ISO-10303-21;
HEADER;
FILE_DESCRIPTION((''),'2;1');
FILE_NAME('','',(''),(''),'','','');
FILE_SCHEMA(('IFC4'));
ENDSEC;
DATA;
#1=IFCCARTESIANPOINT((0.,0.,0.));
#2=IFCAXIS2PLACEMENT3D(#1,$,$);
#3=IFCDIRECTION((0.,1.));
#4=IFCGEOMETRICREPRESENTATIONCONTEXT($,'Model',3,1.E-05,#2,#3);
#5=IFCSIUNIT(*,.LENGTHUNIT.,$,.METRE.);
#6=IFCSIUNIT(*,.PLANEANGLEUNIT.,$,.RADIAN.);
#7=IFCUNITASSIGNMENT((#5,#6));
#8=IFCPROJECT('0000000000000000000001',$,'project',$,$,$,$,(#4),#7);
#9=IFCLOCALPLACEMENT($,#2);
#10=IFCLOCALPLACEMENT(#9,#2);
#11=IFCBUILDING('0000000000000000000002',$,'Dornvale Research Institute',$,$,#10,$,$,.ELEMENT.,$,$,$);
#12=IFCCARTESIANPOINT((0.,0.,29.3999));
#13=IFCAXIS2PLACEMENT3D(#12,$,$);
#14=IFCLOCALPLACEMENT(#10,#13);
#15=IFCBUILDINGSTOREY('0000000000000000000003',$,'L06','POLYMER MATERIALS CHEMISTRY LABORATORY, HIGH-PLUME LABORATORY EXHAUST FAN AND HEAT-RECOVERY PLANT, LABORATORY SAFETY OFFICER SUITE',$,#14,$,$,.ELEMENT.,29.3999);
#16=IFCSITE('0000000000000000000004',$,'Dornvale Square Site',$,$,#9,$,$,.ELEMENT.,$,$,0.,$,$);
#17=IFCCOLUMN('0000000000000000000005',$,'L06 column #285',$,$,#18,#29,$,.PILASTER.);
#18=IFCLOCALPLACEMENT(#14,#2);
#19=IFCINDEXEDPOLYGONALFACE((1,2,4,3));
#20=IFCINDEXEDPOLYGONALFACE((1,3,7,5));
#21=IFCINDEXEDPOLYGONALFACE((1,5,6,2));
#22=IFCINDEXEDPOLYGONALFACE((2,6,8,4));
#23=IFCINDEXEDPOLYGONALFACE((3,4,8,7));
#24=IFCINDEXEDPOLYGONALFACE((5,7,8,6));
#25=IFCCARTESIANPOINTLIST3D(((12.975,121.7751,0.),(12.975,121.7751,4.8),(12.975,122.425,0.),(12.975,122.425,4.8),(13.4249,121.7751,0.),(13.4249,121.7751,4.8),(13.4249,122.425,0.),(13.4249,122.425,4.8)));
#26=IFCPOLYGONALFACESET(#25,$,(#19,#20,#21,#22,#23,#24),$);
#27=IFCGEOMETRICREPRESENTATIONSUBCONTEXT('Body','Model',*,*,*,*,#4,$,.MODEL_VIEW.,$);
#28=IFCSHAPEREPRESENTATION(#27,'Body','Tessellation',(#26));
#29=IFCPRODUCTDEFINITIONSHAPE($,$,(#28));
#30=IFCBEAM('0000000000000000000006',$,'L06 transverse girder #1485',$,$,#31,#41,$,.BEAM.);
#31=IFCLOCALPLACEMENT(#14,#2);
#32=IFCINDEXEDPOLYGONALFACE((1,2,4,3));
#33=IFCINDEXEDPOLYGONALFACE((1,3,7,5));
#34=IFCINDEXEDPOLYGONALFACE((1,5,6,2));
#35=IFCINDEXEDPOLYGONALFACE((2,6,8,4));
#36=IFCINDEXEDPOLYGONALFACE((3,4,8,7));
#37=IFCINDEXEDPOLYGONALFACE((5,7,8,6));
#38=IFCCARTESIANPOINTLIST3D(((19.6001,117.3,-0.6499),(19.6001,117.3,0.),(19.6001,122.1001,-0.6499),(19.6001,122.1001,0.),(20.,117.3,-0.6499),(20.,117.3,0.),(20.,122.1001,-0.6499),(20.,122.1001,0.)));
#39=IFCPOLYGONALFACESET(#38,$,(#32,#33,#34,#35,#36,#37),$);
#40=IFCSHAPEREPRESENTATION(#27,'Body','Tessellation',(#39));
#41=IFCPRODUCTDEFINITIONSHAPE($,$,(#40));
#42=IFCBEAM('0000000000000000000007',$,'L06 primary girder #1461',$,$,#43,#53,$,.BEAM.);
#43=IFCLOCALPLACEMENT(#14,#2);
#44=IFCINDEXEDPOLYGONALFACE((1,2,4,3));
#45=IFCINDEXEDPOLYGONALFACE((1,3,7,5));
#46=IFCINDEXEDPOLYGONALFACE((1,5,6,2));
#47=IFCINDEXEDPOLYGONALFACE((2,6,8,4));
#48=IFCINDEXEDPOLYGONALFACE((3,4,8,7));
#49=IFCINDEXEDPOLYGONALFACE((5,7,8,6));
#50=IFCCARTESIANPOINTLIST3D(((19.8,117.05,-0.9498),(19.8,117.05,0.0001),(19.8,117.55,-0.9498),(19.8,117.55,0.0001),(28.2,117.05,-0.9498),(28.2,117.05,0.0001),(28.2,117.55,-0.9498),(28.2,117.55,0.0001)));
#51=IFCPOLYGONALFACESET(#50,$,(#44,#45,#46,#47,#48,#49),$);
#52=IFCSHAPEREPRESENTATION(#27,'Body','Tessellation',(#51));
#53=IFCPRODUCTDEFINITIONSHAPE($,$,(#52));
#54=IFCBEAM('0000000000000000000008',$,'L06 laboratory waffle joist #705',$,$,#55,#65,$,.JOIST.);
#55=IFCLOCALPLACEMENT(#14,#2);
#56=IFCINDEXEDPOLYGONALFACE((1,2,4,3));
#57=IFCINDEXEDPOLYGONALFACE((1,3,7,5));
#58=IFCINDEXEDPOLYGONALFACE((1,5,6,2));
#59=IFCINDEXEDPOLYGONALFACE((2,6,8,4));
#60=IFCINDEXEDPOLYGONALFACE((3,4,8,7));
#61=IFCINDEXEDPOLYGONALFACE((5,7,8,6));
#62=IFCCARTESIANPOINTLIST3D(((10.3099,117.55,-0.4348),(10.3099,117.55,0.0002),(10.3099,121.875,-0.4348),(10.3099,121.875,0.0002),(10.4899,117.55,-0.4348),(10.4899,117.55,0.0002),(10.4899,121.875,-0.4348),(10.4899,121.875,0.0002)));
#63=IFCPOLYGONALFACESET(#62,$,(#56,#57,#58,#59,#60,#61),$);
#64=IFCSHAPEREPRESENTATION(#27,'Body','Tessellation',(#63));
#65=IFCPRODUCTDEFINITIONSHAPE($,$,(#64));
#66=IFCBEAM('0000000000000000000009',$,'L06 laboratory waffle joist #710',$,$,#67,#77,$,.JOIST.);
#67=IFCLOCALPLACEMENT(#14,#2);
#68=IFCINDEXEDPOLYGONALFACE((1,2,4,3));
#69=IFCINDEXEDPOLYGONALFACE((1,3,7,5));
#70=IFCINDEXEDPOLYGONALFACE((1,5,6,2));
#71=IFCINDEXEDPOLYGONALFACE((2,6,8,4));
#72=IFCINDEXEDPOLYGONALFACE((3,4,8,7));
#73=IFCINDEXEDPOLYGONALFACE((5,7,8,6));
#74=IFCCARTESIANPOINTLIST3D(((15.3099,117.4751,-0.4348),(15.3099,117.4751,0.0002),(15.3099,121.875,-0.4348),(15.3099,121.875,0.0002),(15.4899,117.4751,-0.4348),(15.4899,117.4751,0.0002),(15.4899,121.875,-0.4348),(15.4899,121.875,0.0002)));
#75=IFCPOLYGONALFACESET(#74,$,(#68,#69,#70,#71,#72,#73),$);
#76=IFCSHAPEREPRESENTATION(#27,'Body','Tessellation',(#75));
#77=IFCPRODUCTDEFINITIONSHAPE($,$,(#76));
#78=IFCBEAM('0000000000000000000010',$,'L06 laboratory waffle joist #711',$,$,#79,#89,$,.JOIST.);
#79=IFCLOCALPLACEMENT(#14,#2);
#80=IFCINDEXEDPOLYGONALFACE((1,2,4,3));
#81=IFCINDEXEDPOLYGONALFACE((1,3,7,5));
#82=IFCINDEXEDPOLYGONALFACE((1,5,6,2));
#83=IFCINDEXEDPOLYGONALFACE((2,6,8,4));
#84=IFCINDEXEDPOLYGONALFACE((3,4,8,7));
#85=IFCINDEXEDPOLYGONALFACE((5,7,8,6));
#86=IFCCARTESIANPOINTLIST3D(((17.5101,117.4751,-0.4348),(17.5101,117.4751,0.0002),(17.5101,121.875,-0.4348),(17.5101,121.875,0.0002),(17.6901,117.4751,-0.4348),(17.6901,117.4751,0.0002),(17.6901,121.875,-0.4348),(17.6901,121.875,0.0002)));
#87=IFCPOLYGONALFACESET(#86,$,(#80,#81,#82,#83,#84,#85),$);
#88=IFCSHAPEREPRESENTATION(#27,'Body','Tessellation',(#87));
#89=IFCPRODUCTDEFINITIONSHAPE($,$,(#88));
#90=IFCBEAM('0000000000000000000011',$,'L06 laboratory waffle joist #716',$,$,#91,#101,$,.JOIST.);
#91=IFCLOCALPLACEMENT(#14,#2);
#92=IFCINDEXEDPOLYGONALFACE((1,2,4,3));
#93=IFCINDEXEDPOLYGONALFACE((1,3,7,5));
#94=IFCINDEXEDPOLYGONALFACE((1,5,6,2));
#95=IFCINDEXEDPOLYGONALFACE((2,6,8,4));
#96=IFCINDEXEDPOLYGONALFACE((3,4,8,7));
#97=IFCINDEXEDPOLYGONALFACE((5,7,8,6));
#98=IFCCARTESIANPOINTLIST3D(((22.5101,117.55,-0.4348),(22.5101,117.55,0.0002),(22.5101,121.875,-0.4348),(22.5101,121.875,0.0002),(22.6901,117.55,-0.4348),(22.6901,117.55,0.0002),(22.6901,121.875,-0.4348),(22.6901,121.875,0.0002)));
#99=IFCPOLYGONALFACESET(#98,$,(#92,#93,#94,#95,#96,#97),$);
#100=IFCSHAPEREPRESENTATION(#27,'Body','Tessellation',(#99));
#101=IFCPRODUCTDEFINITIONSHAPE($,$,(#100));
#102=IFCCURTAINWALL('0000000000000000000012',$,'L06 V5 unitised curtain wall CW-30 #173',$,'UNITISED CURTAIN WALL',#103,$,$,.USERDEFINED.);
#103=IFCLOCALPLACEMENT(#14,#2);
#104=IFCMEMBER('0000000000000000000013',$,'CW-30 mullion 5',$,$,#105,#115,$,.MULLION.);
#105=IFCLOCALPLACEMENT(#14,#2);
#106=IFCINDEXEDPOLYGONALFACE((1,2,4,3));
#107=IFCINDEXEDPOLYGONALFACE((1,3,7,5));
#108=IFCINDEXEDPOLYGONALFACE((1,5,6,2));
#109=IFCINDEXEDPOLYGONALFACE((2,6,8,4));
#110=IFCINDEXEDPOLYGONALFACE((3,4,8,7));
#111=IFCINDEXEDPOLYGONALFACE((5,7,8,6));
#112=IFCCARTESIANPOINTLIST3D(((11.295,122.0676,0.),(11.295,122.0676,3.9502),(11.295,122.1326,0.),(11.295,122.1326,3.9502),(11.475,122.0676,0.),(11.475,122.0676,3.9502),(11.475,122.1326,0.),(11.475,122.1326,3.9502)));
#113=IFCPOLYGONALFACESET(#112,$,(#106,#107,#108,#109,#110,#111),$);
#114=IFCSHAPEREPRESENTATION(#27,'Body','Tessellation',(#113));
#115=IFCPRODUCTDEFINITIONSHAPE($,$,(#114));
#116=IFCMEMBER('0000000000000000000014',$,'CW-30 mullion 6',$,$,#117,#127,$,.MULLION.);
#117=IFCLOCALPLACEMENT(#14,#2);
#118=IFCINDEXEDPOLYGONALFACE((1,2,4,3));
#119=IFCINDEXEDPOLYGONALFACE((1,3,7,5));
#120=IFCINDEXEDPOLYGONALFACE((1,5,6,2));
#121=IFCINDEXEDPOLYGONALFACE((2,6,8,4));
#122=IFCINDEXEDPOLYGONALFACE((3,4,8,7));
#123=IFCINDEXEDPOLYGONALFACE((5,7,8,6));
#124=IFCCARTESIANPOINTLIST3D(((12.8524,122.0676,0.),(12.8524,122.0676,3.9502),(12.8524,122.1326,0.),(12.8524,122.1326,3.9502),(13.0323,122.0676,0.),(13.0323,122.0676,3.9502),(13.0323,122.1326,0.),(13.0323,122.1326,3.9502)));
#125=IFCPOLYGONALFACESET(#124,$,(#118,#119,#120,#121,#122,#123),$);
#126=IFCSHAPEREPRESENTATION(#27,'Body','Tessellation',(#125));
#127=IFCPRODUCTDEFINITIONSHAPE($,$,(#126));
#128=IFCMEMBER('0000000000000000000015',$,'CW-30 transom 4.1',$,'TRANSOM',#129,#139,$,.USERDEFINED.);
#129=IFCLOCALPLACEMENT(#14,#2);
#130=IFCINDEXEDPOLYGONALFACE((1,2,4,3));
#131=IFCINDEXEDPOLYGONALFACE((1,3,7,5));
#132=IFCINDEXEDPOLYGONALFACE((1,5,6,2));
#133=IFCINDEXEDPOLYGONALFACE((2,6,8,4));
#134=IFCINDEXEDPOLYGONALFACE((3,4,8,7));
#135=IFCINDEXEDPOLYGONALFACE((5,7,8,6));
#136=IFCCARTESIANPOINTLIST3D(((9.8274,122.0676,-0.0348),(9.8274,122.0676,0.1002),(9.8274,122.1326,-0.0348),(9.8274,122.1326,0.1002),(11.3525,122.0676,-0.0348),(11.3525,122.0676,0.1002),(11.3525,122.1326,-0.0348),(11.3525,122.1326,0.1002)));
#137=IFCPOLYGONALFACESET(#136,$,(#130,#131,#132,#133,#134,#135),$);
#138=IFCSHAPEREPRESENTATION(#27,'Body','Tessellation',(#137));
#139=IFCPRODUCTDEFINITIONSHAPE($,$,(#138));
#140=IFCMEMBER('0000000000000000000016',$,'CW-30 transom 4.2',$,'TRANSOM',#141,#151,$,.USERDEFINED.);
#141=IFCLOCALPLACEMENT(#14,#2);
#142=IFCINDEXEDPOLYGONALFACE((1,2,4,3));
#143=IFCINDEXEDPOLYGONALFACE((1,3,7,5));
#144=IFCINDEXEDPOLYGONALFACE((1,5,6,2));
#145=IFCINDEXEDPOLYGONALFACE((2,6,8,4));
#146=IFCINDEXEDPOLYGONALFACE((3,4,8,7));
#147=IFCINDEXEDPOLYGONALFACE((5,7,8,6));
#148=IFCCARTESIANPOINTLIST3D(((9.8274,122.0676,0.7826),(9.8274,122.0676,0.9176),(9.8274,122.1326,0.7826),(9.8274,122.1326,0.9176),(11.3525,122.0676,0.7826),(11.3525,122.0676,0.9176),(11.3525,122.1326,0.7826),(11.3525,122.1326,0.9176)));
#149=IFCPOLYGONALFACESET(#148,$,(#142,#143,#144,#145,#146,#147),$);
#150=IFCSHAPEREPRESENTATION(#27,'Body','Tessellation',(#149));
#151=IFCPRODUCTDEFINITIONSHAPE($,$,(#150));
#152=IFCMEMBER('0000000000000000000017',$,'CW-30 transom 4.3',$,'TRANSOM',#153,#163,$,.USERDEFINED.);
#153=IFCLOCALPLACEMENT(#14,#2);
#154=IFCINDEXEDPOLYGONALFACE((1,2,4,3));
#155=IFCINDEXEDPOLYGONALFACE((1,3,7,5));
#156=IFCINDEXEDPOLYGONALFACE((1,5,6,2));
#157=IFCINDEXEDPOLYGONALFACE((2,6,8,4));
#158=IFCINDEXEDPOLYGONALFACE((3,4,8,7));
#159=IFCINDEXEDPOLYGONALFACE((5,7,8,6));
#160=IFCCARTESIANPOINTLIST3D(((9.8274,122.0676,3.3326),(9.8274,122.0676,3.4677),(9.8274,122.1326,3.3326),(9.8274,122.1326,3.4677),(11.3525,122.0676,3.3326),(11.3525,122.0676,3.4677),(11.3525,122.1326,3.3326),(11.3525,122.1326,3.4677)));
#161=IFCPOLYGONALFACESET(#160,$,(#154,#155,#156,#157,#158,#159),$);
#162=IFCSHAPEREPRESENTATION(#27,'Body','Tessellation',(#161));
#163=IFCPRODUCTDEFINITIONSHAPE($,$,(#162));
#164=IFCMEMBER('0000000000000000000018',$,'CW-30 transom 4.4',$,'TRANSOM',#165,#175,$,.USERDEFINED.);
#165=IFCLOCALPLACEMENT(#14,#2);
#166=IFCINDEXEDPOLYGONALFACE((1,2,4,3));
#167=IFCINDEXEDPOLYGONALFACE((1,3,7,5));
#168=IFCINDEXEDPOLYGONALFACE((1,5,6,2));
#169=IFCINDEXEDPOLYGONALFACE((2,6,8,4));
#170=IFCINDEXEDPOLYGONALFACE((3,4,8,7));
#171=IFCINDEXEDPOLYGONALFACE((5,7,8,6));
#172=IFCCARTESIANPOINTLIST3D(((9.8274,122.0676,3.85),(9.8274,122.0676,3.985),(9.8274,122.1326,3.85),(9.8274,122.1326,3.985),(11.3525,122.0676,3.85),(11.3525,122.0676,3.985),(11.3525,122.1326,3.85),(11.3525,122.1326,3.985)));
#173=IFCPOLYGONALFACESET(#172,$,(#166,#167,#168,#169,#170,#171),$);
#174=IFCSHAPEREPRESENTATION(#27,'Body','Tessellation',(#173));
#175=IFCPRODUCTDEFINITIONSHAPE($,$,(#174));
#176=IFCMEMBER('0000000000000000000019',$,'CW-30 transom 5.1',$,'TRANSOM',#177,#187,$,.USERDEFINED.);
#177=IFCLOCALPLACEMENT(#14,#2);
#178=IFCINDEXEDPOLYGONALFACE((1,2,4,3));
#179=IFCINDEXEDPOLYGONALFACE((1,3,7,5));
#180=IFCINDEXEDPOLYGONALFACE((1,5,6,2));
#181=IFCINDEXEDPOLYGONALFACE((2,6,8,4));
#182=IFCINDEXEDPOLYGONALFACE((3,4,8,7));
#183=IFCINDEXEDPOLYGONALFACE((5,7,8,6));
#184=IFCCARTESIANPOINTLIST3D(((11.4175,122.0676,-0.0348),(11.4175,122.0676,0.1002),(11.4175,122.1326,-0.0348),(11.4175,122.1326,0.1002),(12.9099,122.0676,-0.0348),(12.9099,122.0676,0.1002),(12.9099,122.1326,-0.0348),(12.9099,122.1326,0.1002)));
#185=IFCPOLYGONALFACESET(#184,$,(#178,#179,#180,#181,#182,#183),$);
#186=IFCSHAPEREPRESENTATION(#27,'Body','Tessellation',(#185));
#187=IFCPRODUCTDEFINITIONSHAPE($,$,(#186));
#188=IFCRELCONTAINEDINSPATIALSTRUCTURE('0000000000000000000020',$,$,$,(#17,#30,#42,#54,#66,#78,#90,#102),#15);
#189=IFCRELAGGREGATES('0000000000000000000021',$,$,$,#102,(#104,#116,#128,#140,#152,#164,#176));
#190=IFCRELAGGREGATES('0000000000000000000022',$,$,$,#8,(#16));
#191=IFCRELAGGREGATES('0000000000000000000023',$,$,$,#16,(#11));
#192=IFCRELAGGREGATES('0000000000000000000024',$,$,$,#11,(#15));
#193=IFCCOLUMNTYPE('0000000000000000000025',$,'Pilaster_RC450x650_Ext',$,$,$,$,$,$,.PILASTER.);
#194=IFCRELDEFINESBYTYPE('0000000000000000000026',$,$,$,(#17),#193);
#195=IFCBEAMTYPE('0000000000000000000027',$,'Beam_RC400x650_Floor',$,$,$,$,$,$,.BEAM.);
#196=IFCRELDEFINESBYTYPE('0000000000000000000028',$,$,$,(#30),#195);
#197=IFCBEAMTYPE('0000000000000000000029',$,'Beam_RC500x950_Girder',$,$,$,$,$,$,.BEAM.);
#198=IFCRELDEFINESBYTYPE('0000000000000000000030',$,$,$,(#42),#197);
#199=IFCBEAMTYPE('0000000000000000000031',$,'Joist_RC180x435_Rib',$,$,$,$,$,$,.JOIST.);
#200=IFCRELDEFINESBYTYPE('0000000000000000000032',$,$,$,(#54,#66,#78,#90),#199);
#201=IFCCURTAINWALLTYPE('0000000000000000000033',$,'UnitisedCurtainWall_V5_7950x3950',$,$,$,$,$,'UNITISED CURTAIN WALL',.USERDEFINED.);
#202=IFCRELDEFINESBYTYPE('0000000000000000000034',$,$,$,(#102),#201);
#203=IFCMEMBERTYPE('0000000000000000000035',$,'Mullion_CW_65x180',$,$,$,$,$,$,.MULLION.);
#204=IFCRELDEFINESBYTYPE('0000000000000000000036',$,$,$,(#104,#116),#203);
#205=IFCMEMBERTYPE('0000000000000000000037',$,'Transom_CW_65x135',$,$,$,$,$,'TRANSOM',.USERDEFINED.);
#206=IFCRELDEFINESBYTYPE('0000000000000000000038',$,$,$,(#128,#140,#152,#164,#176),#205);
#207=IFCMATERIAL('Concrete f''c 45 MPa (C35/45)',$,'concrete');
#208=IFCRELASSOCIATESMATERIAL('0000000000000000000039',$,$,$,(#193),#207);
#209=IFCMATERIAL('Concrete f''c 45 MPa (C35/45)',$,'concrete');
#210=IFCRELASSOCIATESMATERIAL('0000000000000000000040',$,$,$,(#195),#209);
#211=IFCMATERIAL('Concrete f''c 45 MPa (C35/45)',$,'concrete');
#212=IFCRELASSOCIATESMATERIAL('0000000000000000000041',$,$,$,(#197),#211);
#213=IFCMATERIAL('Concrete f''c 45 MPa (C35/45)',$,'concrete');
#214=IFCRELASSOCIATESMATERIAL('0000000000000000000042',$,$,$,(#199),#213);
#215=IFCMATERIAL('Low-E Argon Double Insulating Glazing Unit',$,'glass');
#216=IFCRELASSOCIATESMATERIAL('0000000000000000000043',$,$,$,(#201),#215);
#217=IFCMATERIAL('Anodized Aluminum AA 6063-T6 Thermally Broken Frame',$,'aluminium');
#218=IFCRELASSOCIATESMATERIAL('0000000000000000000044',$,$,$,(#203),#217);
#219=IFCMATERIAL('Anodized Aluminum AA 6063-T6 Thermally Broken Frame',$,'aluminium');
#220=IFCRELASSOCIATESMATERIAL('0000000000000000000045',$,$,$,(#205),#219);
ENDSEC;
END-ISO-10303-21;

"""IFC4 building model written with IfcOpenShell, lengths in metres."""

from ifc_helpers import new_model, si_unit, direction, frame, origin, origin_2d, place, context, subcontext, project, spatial, rectangle, extrude, material, material_profile, profile_set, type_object, element, aggregate, save


model = new_model("IFC4")

# Units and contexts
model_context = context("Model", 3, precision=1e-05, world=origin(), true_north=direction((0.0, 1.0)))
body_context = subcontext(model_context, "Body", "Model", "MODEL_VIEW")
ifc_project = project(units=[si_unit("LENGTHUNIT", "METRE"), si_unit("PLANEANGLEUNIT", "RADIAN")], contexts=[model_context])

# Site, building, storey
site_placement = place(None, origin())
site = spatial("IfcSite", under=ifc_project, at=site_placement, Name="Dornvale Square Site", CompositionType="ELEMENT", RefElevation=0.0)
building_placement = place(site_placement, origin())
building = spatial("IfcBuilding", under=site, at=building_placement, Name="Dornvale Research Institute", CompositionType="ELEMENT")
storey_placement = place(building_placement, frame((0.0, 0.0, 29.3999)))
storey = spatial("IfcBuildingStorey", under=building, at=storey_placement, Name="L06", Description="POLYMER MATERIALS CHEMISTRY LABORATORY, HIGH-PLUME LABORATORY EXHAUST FAN AND HEAT-RECOVERY PLANT, LABORATORY SAFETY OFFICER SUITE", CompositionType="ELEMENT", Elevation=29.3999)

# Column
ifc_material_1 = material(Name="Concrete f'c 45 MPa (C35/45)", Category="concrete")
ifc_material_profile_1 = material_profile(ifc_material_1, rectangle(XDim=0.45, YDim=0.6499, at=origin_2d()), Name="RC 450x650")
ifc_profile_set_1 = profile_set([ifc_material_profile_1], Name="Concrete f'c 45 MPa (C35/45)")
column_type = type_object("IfcColumnType", Name="Pilaster_RC450x650_Ext", PredefinedType="PILASTER", material=ifc_profile_set_1)
column_placement = place(storey_placement, frame((13.2, 122.1001, 0.0), z_axis=(0.0, 0.0, 1.0), x_axis=(1.0, 0.0, 0.0)))
element("IfcColumn", 1, at=column_placement, inside=storey, type_object=column_type, Name="L06 column #285", PredefinedType="PILASTER", context=body_context, shape_type="SweptSolid", body=[
    extrude(rectangle(XDim=0.45, YDim=0.6499, at=origin_2d()), origin(), (0.0, 0.0, 1.0), 4.8),
])

# Beams
ifc_material_2 = material(Name="Concrete f'c 45 MPa (C35/45)", Category="concrete")
ifc_material_profile_2 = material_profile(ifc_material_2, rectangle(XDim=0.3999, YDim=0.6499, at=origin_2d()), Name="RC 400x650")
ifc_profile_set_2 = profile_set([ifc_material_profile_2], Name="Concrete f'c 45 MPa (C35/45)")
beam_type_1 = type_object("IfcBeamType", Name="Beam_RC400x650_Floor", PredefinedType="BEAM", material=ifc_profile_set_2)
beam_1_placement = place(storey_placement, frame((19.8, 117.3, -0.325), z_axis=(0.0, 1.0, 0.0), x_axis=(-1.0, 0.0, 0.0)))
element("IfcBeam", 2, at=beam_1_placement, inside=storey, type_object=beam_type_1, Name="L06 transverse girder #1485", PredefinedType="BEAM", context=body_context, shape_type="SweptSolid", body=[
    extrude(rectangle(XDim=0.3999, YDim=0.6499, at=origin_2d()), origin(), (0.0, 0.0, 1.0), 4.8),
])
ifc_material_3 = material(Name="Concrete f'c 45 MPa (C35/45)", Category="concrete")
ifc_material_profile_3 = material_profile(ifc_material_3, rectangle(XDim=0.5, YDim=0.95, at=origin_2d()), Name="RC 500x950")
ifc_profile_set_3 = profile_set([ifc_material_profile_3], Name="Concrete f'c 45 MPa (C35/45)")
beam_type_2 = type_object("IfcBeamType", Name="Beam_RC500x950_Girder", PredefinedType="BEAM", material=ifc_profile_set_3)
beam_2_placement = place(storey_placement, frame((19.8, 117.3, -0.4749), z_axis=(1.0, 0.0, 0.0), x_axis=(0.0, 1.0, 0.0)))
element("IfcBeam", 3, at=beam_2_placement, inside=storey, type_object=beam_type_2, Name="L06 primary girder #1461", PredefinedType="BEAM", context=body_context, shape_type="SweptSolid", body=[
    extrude(rectangle(XDim=0.5, YDim=0.95, at=origin_2d()), origin(), (0.0, 0.0, 1.0), 8.3999),
])
ifc_material_4 = material(Name="Concrete f'c 45 MPa (C35/45)", Category="concrete")
ifc_material_profile_4 = material_profile(ifc_material_4, rectangle(XDim=0.1799, YDim=0.4351, at=origin_2d()), Name="RC 180x435")
ifc_profile_set_4 = profile_set([ifc_material_profile_4], Name="Concrete f'c 45 MPa (C35/45)")
beam_type_3 = type_object("IfcBeamType", Name="Joist_RC180x435_Rib", PredefinedType="JOIST", material=ifc_profile_set_4)
beam_3_placement = place(storey_placement, frame((10.3999, 117.55, -0.2173), z_axis=(0.0, 1.0, 0.0), x_axis=(-1.0, 0.0, 0.0)))
element("IfcBeam", 4, at=beam_3_placement, inside=storey, type_object=beam_type_3, Name="L06 laboratory waffle joist #705", PredefinedType="JOIST", context=body_context, shape_type="SweptSolid", body=[
    extrude(rectangle(XDim=0.1799, YDim=0.4351, at=origin_2d()), origin(), (0.0, 0.0, 1.0), 4.325),
])
for number, where, z_axis, x_axis, name in (
    (5, (15.3999, 117.4751, -0.2173), (0.0, 1.0, 0.0), (-1.0, 0.0, 0.0), "L06 laboratory waffle joist #710"),
    (6, (17.6001, 117.4751, -0.2173), (0.0, 1.0, 0.0), (-1.0, 0.0, 0.0), "L06 laboratory waffle joist #711"),
):
    element("IfcBeam", number, at=place(storey_placement, frame(where, z_axis=z_axis, x_axis=x_axis)), inside=storey, type_object=beam_type_3, Name=name, PredefinedType="JOIST", context=body_context, shape_type="SweptSolid", body=[
        extrude(rectangle(XDim=0.1799, YDim=0.4351, at=origin_2d()), origin(), (0.0, 0.0, 1.0), 4.3999),
    ])
beam_4_placement = place(storey_placement, frame((22.6001, 117.55, -0.2173), z_axis=(0.0, 1.0, 0.0), x_axis=(-1.0, 0.0, 0.0)))
element("IfcBeam", 7, at=beam_4_placement, inside=storey, type_object=beam_type_3, Name="L06 laboratory waffle joist #716", PredefinedType="JOIST", context=body_context, shape_type="SweptSolid", body=[
    extrude(rectangle(XDim=0.1799, YDim=0.4351, at=origin_2d()), origin(), (0.0, 0.0, 1.0), 4.325),
])

# Curtain wall, members
ifc_material_5 = material(Name="Low-E Argon Double Insulating Glazing Unit", Category="glass")
curtain_wall_type = type_object("IfcCurtainWallType", Name="UnitisedCurtainWall_V5_7950x3950", ElementType="UNITISED CURTAIN WALL", PredefinedType="USERDEFINED", material=ifc_material_5)
curtain_wall_placement = place(storey_placement, origin())
curtain_wall = element("IfcCurtainWall", 8, at=curtain_wall_placement, inside=storey, type_object=curtain_wall_type, Name="L06 V5 unitised curtain wall CW-30 #173", ObjectType="UNITISED CURTAIN WALL", PredefinedType="USERDEFINED")
ifc_material_6 = material(Name="Anodized Aluminum AA 6063-T6 Thermally Broken Frame", Category="aluminium")
ifc_material_profile_5 = material_profile(ifc_material_6, rectangle(XDim=0.0649, YDim=0.1799, at=origin_2d()), Name="ALU MULLION 65x180")
ifc_profile_set_5 = profile_set([ifc_material_profile_5], Name="Anodized Aluminum AA 6063-T6 Thermally Broken Frame")
member_type_1 = type_object("IfcMemberType", Name="Mullion_CW_65x180", PredefinedType="MULLION", material=ifc_profile_set_5)
member_1_placement = place(storey_placement, frame((11.385, 122.1001, 0.0), z_axis=(0.0, 0.0, 1.0), x_axis=(0.0, 1.0, 0.0)))
member_1 = element("IfcMember", 9, at=member_1_placement, type_object=member_type_1, Name="CW-30 mullion 5", PredefinedType="MULLION", context=body_context, shape_type="SweptSolid", body=[
    extrude(rectangle(XDim=0.0649, YDim=0.1799, at=origin_2d()), origin(), (0.0, 0.0, 1.0), 3.9502),
])
member_2_placement = place(storey_placement, frame((12.9424, 122.1001, 0.0), z_axis=(0.0, 0.0, 1.0), x_axis=(0.0, 1.0, 0.0)))
member_2 = element("IfcMember", 10, at=member_2_placement, type_object=member_type_1, Name="CW-30 mullion 6", PredefinedType="MULLION", context=body_context, shape_type="SweptSolid", body=[
    extrude(rectangle(XDim=0.0649, YDim=0.1799, at=origin_2d()), origin(), (0.0, 0.0, 1.0), 3.9502),
])
ifc_material_7 = material(Name="Anodized Aluminum AA 6063-T6 Thermally Broken Frame", Category="aluminium")
ifc_material_profile_6 = material_profile(ifc_material_7, rectangle(XDim=0.0649, YDim=0.135, at=origin_2d()), Name="ALU TRANSOM 65x135")
ifc_profile_set_6 = profile_set([ifc_material_profile_6], Name="Anodized Aluminum AA 6063-T6 Thermally Broken Frame")
member_type_2 = type_object("IfcMemberType", Name="Transom_CW_65x135", ElementType="TRANSOM", PredefinedType="USERDEFINED", material=ifc_profile_set_6)
member_3_placement = place(storey_placement, frame((9.8274, 122.1001, 0.0327), z_axis=(1.0, 0.0, 0.0), x_axis=(0.0, 1.0, 0.0)))
member_3 = element("IfcMember", 11, at=member_3_placement, type_object=member_type_2, Name="CW-30 transom 4.1", ObjectType="TRANSOM", PredefinedType="USERDEFINED", context=body_context, shape_type="SweptSolid", body=[
    extrude(rectangle(XDim=0.0649, YDim=0.135, at=origin_2d()), origin(), (0.0, 0.0, 1.0), 1.5251),
])
member_4_placement = place(storey_placement, frame((9.8274, 122.1001, 0.8501), z_axis=(1.0, 0.0, 0.0), x_axis=(0.0, 1.0, 0.0)))
member_4 = element("IfcMember", 12, at=member_4_placement, type_object=member_type_2, Name="CW-30 transom 4.2", ObjectType="TRANSOM", PredefinedType="USERDEFINED", context=body_context, shape_type="SweptSolid", body=[
    extrude(rectangle(XDim=0.0649, YDim=0.135, at=origin_2d()), origin(), (0.0, 0.0, 1.0), 1.5251),
])
member_5_placement = place(storey_placement, frame((9.8274, 122.1001, 3.4001), z_axis=(1.0, 0.0, 0.0), x_axis=(0.0, 1.0, 0.0)))
member_5 = element("IfcMember", 13, at=member_5_placement, type_object=member_type_2, Name="CW-30 transom 4.3", ObjectType="TRANSOM", PredefinedType="USERDEFINED", context=body_context, shape_type="SweptSolid", body=[
    extrude(rectangle(XDim=0.0649, YDim=0.135, at=origin_2d()), origin(), (0.0, 0.0, 1.0), 1.5251),
])
member_6_placement = place(storey_placement, frame((9.8274, 122.1001, 3.9175), z_axis=(1.0, 0.0, 0.0), x_axis=(0.0, 1.0, 0.0)))
member_6 = element("IfcMember", 14, at=member_6_placement, type_object=member_type_2, Name="CW-30 transom 4.4", ObjectType="TRANSOM", PredefinedType="USERDEFINED", context=body_context, shape_type="SweptSolid", body=[
    extrude(rectangle(XDim=0.0649, YDim=0.135, at=origin_2d()), origin(), (0.0, 0.0, 1.0), 1.5251),
])
member_7_placement = place(storey_placement, frame((11.4175, 122.1001, 0.0327), z_axis=(1.0, 0.0, 0.0), x_axis=(0.0, 1.0, 0.0)))
member_7 = element("IfcMember", 15, at=member_7_placement, type_object=member_type_2, Name="CW-30 transom 5.1", ObjectType="TRANSOM", PredefinedType="USERDEFINED", context=body_context, shape_type="SweptSolid", body=[
    extrude(rectangle(XDim=0.0649, YDim=0.135, at=origin_2d()), origin(), (0.0, 0.0, 1.0), 1.4924),
])
aggregate(curtain_wall, [member_1, member_2, member_3, member_4, member_5, member_6, member_7])

save(model, "model.ifc")
